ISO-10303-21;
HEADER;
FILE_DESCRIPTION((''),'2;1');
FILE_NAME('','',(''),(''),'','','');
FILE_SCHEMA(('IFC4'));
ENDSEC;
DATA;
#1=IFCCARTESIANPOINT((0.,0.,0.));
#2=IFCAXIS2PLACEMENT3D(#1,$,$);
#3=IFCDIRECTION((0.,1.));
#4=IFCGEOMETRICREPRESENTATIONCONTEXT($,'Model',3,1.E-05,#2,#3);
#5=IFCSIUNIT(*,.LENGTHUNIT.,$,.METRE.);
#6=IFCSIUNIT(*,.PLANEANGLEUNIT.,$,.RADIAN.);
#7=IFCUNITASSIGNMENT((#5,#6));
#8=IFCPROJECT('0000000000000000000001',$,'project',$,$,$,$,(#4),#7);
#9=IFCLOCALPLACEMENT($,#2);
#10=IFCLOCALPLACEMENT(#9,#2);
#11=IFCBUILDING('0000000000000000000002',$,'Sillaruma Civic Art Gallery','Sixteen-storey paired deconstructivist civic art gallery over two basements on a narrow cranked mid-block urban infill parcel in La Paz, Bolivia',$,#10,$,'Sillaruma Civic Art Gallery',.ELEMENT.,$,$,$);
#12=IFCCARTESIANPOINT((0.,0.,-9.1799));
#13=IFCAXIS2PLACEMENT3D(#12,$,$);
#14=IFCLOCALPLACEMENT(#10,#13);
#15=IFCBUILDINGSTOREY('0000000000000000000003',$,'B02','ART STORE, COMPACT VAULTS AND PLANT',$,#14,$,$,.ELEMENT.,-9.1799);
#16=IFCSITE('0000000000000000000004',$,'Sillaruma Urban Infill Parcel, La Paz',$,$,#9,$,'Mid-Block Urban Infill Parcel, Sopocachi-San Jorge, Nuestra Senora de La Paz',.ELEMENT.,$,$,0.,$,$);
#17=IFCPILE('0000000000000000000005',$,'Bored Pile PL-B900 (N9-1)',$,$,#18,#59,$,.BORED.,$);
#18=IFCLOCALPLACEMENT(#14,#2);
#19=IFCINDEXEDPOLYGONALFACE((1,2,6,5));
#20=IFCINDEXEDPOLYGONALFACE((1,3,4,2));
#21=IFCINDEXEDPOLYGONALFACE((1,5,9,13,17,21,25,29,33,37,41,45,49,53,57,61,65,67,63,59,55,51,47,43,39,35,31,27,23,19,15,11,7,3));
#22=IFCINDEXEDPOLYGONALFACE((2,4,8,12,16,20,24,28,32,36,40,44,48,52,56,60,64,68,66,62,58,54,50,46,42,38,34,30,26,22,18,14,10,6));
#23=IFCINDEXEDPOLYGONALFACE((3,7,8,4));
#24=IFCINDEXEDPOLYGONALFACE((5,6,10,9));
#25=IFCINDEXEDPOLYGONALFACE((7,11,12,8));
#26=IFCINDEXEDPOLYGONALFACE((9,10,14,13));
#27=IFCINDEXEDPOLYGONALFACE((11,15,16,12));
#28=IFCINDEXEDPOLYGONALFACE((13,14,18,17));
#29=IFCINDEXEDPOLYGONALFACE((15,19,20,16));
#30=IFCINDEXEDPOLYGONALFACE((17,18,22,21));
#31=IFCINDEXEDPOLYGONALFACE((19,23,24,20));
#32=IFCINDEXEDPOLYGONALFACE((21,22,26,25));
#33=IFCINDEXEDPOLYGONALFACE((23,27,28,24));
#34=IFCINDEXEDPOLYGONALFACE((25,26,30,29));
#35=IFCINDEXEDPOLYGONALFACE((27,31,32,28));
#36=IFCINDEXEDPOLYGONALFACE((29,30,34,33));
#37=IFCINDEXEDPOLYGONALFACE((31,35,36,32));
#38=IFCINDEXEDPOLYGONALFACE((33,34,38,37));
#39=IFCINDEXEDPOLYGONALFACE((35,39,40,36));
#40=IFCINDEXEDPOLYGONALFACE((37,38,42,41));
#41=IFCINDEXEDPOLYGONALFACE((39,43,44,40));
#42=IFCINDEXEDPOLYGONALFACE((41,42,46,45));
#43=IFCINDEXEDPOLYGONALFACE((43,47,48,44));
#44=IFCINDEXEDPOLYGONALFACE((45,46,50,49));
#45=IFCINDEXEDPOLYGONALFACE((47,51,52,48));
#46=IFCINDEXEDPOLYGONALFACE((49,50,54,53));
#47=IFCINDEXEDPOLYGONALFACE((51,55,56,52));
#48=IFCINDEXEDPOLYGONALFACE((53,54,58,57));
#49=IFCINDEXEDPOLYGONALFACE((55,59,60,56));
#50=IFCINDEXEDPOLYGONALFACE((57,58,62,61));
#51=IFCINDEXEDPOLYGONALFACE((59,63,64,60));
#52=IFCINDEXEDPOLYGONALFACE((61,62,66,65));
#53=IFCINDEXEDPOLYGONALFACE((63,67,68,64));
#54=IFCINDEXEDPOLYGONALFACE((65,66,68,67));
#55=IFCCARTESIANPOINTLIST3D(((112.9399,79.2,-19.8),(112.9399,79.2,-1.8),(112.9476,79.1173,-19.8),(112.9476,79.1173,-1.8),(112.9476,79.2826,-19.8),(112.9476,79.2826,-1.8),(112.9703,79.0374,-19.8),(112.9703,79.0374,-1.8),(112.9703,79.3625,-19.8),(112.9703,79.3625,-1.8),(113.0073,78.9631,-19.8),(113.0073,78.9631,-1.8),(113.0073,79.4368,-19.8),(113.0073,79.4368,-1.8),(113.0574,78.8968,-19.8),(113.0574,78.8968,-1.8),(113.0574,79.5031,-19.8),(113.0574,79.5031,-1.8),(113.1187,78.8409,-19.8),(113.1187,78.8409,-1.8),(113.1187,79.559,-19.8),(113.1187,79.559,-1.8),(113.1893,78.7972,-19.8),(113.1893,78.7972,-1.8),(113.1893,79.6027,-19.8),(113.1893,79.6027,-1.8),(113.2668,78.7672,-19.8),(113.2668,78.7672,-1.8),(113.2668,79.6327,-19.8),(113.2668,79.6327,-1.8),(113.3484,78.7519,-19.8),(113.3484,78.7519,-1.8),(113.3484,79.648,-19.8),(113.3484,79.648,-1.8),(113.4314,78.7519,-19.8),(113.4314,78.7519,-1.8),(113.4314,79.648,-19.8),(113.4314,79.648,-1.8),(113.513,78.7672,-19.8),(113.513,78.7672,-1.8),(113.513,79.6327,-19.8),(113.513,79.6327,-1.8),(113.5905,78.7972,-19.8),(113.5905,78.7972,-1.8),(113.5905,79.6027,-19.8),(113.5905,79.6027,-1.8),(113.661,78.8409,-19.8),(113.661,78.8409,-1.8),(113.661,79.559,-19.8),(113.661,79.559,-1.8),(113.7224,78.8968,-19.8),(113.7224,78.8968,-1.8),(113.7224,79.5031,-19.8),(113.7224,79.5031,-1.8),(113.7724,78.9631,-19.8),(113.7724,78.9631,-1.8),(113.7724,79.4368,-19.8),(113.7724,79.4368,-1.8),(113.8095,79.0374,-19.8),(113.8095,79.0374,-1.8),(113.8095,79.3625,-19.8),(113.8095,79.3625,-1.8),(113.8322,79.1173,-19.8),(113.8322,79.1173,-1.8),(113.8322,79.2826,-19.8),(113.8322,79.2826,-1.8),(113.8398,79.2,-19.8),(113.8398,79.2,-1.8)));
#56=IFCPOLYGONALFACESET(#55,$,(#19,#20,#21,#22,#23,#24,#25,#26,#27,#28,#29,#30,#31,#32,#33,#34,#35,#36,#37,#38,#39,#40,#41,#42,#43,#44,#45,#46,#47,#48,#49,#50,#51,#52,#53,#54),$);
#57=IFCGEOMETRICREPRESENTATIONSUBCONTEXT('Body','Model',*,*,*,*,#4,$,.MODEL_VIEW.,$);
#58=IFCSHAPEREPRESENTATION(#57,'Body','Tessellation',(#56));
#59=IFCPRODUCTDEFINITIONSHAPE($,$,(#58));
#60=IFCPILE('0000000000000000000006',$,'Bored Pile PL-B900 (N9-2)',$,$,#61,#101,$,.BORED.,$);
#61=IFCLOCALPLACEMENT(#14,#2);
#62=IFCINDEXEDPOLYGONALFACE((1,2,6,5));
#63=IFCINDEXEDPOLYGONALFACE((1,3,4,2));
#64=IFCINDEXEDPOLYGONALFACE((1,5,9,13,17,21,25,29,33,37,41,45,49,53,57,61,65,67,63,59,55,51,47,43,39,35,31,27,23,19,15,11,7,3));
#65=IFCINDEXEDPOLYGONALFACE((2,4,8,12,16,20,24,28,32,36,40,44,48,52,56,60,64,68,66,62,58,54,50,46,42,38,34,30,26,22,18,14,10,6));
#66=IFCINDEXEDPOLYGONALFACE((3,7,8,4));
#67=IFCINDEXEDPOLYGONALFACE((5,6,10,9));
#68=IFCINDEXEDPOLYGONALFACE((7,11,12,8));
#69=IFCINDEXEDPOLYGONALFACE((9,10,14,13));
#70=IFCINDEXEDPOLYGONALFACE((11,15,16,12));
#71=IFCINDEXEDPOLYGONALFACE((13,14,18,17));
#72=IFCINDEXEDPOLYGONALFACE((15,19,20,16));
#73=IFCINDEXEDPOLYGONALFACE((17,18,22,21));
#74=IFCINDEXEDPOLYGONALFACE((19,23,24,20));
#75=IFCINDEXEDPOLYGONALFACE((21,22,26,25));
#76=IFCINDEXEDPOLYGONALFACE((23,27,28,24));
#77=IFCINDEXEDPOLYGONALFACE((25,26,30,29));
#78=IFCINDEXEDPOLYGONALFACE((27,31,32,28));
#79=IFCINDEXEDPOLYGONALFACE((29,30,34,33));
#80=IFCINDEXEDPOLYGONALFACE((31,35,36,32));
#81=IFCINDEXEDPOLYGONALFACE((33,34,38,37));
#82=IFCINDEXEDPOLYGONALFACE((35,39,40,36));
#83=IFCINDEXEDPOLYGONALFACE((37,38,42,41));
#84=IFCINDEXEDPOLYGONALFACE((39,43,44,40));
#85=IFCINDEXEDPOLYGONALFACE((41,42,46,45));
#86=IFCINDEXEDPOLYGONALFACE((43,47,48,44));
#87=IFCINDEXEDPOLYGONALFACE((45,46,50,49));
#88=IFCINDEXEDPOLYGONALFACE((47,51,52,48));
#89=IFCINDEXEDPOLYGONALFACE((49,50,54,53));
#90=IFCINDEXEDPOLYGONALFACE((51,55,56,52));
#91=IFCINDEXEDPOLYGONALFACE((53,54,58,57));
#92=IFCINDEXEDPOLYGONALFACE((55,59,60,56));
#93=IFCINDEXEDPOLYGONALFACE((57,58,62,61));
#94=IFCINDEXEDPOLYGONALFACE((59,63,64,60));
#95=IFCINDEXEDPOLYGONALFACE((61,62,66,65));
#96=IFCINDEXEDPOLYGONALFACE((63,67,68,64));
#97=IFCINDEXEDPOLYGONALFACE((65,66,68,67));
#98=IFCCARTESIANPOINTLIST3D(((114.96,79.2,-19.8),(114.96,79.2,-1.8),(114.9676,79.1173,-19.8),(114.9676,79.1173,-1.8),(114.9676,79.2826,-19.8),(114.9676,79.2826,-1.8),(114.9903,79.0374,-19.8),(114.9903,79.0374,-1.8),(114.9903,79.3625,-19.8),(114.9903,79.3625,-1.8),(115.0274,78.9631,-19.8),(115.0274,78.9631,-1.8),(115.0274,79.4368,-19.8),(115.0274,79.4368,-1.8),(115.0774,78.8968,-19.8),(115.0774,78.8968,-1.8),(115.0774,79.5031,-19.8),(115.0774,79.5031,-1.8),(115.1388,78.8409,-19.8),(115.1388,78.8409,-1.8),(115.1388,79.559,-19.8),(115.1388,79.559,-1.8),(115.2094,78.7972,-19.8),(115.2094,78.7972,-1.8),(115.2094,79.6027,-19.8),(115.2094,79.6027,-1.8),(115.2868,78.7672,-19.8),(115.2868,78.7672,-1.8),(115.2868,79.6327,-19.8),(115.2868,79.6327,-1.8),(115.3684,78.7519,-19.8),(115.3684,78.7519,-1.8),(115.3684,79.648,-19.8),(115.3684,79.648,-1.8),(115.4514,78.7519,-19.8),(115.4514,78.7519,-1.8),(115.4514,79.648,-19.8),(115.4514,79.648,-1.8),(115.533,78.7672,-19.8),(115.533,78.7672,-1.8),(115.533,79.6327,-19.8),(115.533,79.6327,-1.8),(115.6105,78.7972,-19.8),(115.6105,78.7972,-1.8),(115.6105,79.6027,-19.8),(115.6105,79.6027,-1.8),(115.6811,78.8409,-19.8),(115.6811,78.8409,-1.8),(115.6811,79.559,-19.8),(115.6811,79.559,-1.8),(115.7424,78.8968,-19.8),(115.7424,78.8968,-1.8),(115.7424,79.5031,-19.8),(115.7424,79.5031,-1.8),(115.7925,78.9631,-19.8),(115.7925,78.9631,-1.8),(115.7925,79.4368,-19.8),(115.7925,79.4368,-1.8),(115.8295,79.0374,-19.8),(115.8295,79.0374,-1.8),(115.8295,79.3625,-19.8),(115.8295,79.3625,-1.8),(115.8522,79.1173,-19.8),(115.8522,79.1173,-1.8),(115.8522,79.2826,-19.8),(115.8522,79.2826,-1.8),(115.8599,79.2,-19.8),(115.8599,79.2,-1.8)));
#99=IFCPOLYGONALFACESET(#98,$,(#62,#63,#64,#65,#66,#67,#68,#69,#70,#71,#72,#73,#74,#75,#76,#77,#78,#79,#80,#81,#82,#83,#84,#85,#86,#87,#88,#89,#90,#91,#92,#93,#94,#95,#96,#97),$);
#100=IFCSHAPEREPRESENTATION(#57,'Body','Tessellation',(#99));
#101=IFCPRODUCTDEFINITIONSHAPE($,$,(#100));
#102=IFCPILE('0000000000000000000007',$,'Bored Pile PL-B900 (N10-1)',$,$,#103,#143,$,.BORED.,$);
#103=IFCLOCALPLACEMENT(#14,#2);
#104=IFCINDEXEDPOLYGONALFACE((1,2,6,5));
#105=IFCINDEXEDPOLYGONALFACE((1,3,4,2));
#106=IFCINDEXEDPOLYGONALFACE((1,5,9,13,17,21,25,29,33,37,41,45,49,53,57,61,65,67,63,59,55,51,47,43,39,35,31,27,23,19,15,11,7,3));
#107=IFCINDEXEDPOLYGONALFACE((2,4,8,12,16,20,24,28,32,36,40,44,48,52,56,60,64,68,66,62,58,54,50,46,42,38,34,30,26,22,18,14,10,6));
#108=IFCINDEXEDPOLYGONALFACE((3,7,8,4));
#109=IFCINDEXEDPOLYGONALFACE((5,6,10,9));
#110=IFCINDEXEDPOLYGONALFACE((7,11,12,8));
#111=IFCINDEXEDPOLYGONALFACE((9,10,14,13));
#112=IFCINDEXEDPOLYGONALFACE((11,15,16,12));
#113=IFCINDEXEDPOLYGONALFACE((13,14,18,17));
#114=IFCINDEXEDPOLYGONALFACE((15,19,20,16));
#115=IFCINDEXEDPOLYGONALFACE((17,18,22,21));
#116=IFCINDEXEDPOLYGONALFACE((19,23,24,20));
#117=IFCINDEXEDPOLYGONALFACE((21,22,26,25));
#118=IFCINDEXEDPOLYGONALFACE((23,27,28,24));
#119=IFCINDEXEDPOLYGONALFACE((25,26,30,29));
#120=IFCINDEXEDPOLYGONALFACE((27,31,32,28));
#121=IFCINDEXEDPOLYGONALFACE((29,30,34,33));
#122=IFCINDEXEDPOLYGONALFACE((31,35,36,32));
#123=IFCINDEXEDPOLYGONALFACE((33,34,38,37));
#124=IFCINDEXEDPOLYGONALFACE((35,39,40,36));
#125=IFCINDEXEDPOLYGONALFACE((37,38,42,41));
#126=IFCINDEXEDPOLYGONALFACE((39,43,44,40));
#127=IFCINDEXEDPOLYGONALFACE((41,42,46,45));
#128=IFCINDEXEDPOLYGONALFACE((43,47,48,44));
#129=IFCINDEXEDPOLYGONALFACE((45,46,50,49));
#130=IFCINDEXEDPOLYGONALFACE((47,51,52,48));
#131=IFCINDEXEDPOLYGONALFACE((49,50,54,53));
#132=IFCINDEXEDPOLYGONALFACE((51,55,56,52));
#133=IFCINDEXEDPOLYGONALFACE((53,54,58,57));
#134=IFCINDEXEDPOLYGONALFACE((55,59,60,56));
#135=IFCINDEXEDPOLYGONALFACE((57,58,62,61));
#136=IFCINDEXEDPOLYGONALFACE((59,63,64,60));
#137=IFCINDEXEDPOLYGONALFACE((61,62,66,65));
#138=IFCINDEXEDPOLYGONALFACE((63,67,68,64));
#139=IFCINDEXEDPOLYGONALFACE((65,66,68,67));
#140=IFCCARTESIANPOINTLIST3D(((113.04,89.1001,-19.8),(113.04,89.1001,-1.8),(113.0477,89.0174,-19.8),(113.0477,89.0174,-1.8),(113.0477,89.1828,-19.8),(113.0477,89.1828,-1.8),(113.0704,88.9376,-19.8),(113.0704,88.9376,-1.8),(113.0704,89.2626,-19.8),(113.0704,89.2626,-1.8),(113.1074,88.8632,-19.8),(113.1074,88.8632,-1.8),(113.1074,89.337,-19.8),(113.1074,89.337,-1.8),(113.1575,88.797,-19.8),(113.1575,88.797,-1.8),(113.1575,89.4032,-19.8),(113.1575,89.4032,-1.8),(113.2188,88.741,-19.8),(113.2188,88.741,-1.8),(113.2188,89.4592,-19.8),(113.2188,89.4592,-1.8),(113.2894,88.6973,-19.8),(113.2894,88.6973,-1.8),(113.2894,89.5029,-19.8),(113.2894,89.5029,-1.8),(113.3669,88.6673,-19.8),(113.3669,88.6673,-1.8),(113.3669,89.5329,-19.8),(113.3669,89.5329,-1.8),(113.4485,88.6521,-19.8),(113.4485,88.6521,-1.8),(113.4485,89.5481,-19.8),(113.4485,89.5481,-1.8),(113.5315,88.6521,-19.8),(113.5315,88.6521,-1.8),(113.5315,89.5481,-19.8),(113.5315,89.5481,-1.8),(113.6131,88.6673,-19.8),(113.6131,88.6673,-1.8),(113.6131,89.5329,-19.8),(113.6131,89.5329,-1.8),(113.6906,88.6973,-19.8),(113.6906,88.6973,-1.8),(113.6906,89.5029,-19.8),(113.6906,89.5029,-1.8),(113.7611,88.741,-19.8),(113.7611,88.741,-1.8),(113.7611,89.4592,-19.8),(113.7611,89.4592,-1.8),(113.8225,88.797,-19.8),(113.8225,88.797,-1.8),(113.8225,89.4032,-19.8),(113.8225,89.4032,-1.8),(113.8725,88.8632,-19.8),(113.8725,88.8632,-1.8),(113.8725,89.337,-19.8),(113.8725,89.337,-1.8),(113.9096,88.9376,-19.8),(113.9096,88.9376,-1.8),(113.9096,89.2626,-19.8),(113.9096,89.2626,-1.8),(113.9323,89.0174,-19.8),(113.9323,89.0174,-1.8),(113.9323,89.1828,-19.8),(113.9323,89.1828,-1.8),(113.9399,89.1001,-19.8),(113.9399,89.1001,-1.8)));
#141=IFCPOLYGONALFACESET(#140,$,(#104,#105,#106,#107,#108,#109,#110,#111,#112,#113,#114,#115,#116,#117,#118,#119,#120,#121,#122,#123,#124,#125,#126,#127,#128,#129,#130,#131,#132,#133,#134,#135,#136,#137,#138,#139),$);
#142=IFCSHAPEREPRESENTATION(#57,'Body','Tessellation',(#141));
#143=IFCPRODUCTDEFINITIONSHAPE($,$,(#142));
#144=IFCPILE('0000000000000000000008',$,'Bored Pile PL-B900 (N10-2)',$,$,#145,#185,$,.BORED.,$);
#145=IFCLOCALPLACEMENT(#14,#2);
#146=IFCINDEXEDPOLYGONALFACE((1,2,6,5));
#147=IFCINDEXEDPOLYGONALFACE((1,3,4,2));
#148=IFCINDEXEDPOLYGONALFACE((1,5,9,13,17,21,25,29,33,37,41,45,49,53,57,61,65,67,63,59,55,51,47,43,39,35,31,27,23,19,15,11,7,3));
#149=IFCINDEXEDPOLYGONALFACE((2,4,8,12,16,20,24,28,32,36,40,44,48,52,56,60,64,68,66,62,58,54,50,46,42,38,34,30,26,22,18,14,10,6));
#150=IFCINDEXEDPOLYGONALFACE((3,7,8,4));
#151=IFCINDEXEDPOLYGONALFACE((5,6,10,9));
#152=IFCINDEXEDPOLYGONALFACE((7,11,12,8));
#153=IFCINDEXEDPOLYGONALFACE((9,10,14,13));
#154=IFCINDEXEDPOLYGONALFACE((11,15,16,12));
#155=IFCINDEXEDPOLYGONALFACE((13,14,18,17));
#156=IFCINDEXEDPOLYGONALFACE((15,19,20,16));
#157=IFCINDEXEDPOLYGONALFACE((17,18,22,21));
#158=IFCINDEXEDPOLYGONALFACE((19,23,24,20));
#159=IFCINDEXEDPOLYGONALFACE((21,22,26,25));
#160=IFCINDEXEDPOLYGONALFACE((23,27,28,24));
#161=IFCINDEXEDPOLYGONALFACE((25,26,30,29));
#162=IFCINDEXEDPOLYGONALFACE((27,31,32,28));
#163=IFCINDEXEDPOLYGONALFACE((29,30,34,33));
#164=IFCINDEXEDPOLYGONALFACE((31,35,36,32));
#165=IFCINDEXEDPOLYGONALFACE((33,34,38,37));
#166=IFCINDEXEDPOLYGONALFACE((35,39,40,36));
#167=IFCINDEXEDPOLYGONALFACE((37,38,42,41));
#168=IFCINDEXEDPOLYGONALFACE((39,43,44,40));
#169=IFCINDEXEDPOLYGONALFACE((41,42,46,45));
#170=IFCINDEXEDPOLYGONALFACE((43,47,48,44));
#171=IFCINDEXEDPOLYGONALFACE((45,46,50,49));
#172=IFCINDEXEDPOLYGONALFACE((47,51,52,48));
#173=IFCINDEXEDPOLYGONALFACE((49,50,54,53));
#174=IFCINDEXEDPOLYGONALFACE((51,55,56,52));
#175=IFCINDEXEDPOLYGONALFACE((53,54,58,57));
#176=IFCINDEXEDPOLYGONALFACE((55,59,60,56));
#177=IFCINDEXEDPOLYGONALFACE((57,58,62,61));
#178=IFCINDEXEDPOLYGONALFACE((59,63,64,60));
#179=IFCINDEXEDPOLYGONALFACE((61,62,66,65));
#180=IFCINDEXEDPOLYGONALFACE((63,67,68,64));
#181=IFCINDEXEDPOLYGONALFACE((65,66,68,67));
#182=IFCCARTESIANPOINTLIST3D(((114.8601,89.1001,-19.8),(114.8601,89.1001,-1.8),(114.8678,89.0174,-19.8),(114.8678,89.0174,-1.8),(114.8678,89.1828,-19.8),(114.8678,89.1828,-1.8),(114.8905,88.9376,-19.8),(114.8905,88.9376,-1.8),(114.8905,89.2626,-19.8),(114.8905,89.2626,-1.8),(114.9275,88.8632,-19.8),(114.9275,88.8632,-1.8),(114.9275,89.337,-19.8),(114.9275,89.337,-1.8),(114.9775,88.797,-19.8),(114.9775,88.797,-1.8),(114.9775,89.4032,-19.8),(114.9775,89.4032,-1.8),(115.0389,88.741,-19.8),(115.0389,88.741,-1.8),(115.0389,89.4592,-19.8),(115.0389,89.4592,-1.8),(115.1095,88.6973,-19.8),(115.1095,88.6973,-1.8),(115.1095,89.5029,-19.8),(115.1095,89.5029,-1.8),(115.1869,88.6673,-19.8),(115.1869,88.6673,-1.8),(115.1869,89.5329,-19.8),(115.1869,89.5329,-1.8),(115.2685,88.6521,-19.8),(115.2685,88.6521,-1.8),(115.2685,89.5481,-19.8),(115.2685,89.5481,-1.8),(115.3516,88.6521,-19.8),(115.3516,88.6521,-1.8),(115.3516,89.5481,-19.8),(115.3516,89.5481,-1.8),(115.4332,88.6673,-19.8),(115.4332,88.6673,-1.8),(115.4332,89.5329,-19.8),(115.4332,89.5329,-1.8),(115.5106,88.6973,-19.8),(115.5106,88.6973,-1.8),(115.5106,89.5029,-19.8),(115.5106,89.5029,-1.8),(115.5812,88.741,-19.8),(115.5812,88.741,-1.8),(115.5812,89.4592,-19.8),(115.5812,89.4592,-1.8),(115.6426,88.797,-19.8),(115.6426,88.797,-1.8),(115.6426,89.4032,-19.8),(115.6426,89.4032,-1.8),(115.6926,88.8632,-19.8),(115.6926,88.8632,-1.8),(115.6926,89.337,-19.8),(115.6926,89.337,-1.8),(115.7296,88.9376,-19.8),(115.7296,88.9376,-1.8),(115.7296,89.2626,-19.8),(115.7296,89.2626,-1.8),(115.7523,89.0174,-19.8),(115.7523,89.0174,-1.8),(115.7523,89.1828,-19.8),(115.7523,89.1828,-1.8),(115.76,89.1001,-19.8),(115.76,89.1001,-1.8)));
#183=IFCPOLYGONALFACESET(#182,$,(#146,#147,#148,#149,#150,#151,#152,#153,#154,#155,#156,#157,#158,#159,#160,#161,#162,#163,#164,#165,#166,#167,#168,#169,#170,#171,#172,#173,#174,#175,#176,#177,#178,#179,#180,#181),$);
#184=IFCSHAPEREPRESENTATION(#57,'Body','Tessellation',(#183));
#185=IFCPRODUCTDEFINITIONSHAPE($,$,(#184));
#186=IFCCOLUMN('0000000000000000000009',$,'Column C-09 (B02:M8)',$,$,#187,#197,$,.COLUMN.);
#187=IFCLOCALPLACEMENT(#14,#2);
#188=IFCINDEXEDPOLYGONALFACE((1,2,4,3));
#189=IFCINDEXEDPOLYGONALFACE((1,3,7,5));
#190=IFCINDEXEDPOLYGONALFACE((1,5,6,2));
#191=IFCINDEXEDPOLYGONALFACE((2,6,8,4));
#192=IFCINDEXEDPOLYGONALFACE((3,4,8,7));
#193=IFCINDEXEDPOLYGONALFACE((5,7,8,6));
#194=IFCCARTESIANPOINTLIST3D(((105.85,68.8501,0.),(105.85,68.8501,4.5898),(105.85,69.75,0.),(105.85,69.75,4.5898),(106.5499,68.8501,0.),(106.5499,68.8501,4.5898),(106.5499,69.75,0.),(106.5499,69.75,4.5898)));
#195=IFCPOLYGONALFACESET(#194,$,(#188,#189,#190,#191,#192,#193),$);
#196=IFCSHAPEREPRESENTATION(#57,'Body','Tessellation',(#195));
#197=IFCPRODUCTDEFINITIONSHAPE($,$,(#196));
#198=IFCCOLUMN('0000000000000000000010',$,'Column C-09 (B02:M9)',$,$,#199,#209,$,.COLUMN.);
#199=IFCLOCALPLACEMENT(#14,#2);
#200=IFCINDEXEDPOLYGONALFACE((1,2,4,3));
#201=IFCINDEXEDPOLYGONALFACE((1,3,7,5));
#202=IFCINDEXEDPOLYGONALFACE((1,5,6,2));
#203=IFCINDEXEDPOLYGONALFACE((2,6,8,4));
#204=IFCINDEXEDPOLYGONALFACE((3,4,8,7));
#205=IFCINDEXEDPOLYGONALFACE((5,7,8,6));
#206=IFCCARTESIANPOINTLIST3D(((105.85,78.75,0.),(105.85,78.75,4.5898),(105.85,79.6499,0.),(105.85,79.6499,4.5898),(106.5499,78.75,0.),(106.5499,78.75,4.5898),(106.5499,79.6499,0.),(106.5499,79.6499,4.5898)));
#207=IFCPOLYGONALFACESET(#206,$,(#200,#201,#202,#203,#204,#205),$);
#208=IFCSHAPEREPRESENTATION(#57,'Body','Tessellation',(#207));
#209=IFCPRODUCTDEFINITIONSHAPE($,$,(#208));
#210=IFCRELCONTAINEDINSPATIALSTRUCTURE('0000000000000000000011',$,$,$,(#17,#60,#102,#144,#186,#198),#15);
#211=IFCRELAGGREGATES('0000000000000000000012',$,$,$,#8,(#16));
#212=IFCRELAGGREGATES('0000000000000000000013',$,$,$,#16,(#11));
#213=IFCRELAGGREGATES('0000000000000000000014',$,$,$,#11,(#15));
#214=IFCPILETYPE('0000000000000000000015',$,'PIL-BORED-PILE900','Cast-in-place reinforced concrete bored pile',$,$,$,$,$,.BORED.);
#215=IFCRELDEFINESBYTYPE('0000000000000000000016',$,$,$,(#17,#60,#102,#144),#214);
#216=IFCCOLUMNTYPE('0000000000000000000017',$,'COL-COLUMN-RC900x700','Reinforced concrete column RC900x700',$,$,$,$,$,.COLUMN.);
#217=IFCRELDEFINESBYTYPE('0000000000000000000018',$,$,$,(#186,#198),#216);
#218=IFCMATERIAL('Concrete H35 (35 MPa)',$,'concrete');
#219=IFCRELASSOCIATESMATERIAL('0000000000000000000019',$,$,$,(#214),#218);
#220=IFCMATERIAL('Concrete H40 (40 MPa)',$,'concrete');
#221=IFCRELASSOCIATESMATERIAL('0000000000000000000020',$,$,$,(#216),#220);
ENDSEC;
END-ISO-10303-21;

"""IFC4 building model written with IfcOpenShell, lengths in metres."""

from ifc_helpers import new_model, si_unit, direction, frame, origin, origin_2d, place, context, subcontext, project, spatial, rectangle, circle, extrude, material, material_profile, profile_set, type_object, element, save


model = new_model("IFC4")

# Units and contexts
model_context = context("Model", 3, precision=1e-05, world=origin(), true_north=direction((0.0, 1.0)))
body_context = subcontext(model_context, "Body", "Model", "MODEL_VIEW")
ifc_project = project(units=[si_unit("LENGTHUNIT", "METRE"), si_unit("PLANEANGLEUNIT", "RADIAN")], contexts=[model_context])

# Site, building, storey
site_placement = place(None, origin())
site = spatial("IfcSite", under=ifc_project, at=site_placement, Name="Sillaruma Urban Infill Parcel, La Paz", LongName="Mid-Block Urban Infill Parcel, Sopocachi-San Jorge, Nuestra Senora de La Paz", CompositionType="ELEMENT", RefElevation=0.0)
building_placement = place(site_placement, origin())
building = spatial("IfcBuilding", under=site, at=building_placement, Name="Sillaruma Civic Art Gallery", Description="Sixteen-storey paired deconstructivist civic art gallery over two basements on a narrow cranked mid-block urban infill parcel in La Paz, Bolivia", LongName="Sillaruma Civic Art Gallery", CompositionType="ELEMENT")
storey_placement = place(building_placement, frame((0.0, 0.0, -9.1799)))
storey = spatial("IfcBuildingStorey", under=building, at=storey_placement, Name="B02", Description="ART STORE, COMPACT VAULTS AND PLANT", CompositionType="ELEMENT", Elevation=-9.1799)

# Shared definitions
ifc_material_1 = material(Name="Concrete H35 (35 MPa)", Category="concrete")

# Piles
ifc_material_profile_1 = material_profile(ifc_material_1, circle(Radius=0.45, at=origin_2d()), Name="PILE900")
ifc_profile_set_1 = profile_set([ifc_material_profile_1], Name="Concrete H35 (35 MPa)")
pile_type_1 = type_object("IfcPileType", Name="PIL-BORED-PILE900", Description="Cast-in-place reinforced concrete bored pile", PredefinedType="BORED", material=ifc_profile_set_1)
for number, where, z_axis, x_axis, name in (
    (1, (113.3899, 79.2, -1.8), (0.0, 0.0, -1.0), (1.0, 0.0, 0.0), "Bored Pile PL-B900 (N9-1)"),
    (2, (115.4099, 79.2, -1.8), (0.0, 0.0, -1.0), (1.0, 0.0, 0.0), "Bored Pile PL-B900 (N9-2)"),
    (3, (113.49, 89.1001, -1.8), (0.0, 0.0, -1.0), (1.0, 0.0, 0.0), "Bored Pile PL-B900 (N10-1)"),
    (4, (115.3101, 89.1001, -1.8), (0.0, 0.0, -1.0), (1.0, 0.0, 0.0), "Bored Pile PL-B900 (N10-2)"),
):
    element("IfcPile", number, at=place(storey_placement, frame(where, z_axis=z_axis, x_axis=x_axis)), inside=storey, type_object=pile_type_1, Name=name, PredefinedType="BORED", context=body_context, shape_type="SweptSolid", body=[
        extrude(circle(Radius=0.45, at=origin_2d()), origin(), (0.0, 0.0, 1.0), 18.0),
    ])

# Columns
ifc_material_2 = material(Name="Concrete H40 (40 MPa)", Category="concrete")
ifc_material_profile_2 = material_profile(ifc_material_2, rectangle(XDim=0.7, YDim=0.8999, at=origin_2d()), Name="RC900x700")
ifc_profile_set_2 = profile_set([ifc_material_profile_2], Name="Concrete H40 (40 MPa)")
column_type_1 = type_object("IfcColumnType", Name="COL-COLUMN-RC900x700", Description="Reinforced concrete column RC900x700", PredefinedType="COLUMN", material=ifc_profile_set_2)
for number, where, z_axis, x_axis, name in (
    (5, (106.2, 69.3, 0.0), (0.0, 0.0, 1.0), (1.0, 0.0, 0.0), "Column C-09 (B02:M8)"),
    (6, (106.2, 79.2, 0.0), (0.0, 0.0, 1.0), (1.0, 0.0, 0.0), "Column C-09 (B02:M9)"),
):
    element("IfcColumn", number, at=place(storey_placement, frame(where, z_axis=z_axis, x_axis=x_axis)), inside=storey, type_object=column_type_1, Name=name, PredefinedType="COLUMN", context=body_context, shape_type="SweptSolid", body=[
        extrude(rectangle(XDim=0.7, YDim=0.8999, at=origin_2d()), origin(), (0.0, 0.0, 1.0), 4.5898),
    ])

save(model, "model.ifc")
